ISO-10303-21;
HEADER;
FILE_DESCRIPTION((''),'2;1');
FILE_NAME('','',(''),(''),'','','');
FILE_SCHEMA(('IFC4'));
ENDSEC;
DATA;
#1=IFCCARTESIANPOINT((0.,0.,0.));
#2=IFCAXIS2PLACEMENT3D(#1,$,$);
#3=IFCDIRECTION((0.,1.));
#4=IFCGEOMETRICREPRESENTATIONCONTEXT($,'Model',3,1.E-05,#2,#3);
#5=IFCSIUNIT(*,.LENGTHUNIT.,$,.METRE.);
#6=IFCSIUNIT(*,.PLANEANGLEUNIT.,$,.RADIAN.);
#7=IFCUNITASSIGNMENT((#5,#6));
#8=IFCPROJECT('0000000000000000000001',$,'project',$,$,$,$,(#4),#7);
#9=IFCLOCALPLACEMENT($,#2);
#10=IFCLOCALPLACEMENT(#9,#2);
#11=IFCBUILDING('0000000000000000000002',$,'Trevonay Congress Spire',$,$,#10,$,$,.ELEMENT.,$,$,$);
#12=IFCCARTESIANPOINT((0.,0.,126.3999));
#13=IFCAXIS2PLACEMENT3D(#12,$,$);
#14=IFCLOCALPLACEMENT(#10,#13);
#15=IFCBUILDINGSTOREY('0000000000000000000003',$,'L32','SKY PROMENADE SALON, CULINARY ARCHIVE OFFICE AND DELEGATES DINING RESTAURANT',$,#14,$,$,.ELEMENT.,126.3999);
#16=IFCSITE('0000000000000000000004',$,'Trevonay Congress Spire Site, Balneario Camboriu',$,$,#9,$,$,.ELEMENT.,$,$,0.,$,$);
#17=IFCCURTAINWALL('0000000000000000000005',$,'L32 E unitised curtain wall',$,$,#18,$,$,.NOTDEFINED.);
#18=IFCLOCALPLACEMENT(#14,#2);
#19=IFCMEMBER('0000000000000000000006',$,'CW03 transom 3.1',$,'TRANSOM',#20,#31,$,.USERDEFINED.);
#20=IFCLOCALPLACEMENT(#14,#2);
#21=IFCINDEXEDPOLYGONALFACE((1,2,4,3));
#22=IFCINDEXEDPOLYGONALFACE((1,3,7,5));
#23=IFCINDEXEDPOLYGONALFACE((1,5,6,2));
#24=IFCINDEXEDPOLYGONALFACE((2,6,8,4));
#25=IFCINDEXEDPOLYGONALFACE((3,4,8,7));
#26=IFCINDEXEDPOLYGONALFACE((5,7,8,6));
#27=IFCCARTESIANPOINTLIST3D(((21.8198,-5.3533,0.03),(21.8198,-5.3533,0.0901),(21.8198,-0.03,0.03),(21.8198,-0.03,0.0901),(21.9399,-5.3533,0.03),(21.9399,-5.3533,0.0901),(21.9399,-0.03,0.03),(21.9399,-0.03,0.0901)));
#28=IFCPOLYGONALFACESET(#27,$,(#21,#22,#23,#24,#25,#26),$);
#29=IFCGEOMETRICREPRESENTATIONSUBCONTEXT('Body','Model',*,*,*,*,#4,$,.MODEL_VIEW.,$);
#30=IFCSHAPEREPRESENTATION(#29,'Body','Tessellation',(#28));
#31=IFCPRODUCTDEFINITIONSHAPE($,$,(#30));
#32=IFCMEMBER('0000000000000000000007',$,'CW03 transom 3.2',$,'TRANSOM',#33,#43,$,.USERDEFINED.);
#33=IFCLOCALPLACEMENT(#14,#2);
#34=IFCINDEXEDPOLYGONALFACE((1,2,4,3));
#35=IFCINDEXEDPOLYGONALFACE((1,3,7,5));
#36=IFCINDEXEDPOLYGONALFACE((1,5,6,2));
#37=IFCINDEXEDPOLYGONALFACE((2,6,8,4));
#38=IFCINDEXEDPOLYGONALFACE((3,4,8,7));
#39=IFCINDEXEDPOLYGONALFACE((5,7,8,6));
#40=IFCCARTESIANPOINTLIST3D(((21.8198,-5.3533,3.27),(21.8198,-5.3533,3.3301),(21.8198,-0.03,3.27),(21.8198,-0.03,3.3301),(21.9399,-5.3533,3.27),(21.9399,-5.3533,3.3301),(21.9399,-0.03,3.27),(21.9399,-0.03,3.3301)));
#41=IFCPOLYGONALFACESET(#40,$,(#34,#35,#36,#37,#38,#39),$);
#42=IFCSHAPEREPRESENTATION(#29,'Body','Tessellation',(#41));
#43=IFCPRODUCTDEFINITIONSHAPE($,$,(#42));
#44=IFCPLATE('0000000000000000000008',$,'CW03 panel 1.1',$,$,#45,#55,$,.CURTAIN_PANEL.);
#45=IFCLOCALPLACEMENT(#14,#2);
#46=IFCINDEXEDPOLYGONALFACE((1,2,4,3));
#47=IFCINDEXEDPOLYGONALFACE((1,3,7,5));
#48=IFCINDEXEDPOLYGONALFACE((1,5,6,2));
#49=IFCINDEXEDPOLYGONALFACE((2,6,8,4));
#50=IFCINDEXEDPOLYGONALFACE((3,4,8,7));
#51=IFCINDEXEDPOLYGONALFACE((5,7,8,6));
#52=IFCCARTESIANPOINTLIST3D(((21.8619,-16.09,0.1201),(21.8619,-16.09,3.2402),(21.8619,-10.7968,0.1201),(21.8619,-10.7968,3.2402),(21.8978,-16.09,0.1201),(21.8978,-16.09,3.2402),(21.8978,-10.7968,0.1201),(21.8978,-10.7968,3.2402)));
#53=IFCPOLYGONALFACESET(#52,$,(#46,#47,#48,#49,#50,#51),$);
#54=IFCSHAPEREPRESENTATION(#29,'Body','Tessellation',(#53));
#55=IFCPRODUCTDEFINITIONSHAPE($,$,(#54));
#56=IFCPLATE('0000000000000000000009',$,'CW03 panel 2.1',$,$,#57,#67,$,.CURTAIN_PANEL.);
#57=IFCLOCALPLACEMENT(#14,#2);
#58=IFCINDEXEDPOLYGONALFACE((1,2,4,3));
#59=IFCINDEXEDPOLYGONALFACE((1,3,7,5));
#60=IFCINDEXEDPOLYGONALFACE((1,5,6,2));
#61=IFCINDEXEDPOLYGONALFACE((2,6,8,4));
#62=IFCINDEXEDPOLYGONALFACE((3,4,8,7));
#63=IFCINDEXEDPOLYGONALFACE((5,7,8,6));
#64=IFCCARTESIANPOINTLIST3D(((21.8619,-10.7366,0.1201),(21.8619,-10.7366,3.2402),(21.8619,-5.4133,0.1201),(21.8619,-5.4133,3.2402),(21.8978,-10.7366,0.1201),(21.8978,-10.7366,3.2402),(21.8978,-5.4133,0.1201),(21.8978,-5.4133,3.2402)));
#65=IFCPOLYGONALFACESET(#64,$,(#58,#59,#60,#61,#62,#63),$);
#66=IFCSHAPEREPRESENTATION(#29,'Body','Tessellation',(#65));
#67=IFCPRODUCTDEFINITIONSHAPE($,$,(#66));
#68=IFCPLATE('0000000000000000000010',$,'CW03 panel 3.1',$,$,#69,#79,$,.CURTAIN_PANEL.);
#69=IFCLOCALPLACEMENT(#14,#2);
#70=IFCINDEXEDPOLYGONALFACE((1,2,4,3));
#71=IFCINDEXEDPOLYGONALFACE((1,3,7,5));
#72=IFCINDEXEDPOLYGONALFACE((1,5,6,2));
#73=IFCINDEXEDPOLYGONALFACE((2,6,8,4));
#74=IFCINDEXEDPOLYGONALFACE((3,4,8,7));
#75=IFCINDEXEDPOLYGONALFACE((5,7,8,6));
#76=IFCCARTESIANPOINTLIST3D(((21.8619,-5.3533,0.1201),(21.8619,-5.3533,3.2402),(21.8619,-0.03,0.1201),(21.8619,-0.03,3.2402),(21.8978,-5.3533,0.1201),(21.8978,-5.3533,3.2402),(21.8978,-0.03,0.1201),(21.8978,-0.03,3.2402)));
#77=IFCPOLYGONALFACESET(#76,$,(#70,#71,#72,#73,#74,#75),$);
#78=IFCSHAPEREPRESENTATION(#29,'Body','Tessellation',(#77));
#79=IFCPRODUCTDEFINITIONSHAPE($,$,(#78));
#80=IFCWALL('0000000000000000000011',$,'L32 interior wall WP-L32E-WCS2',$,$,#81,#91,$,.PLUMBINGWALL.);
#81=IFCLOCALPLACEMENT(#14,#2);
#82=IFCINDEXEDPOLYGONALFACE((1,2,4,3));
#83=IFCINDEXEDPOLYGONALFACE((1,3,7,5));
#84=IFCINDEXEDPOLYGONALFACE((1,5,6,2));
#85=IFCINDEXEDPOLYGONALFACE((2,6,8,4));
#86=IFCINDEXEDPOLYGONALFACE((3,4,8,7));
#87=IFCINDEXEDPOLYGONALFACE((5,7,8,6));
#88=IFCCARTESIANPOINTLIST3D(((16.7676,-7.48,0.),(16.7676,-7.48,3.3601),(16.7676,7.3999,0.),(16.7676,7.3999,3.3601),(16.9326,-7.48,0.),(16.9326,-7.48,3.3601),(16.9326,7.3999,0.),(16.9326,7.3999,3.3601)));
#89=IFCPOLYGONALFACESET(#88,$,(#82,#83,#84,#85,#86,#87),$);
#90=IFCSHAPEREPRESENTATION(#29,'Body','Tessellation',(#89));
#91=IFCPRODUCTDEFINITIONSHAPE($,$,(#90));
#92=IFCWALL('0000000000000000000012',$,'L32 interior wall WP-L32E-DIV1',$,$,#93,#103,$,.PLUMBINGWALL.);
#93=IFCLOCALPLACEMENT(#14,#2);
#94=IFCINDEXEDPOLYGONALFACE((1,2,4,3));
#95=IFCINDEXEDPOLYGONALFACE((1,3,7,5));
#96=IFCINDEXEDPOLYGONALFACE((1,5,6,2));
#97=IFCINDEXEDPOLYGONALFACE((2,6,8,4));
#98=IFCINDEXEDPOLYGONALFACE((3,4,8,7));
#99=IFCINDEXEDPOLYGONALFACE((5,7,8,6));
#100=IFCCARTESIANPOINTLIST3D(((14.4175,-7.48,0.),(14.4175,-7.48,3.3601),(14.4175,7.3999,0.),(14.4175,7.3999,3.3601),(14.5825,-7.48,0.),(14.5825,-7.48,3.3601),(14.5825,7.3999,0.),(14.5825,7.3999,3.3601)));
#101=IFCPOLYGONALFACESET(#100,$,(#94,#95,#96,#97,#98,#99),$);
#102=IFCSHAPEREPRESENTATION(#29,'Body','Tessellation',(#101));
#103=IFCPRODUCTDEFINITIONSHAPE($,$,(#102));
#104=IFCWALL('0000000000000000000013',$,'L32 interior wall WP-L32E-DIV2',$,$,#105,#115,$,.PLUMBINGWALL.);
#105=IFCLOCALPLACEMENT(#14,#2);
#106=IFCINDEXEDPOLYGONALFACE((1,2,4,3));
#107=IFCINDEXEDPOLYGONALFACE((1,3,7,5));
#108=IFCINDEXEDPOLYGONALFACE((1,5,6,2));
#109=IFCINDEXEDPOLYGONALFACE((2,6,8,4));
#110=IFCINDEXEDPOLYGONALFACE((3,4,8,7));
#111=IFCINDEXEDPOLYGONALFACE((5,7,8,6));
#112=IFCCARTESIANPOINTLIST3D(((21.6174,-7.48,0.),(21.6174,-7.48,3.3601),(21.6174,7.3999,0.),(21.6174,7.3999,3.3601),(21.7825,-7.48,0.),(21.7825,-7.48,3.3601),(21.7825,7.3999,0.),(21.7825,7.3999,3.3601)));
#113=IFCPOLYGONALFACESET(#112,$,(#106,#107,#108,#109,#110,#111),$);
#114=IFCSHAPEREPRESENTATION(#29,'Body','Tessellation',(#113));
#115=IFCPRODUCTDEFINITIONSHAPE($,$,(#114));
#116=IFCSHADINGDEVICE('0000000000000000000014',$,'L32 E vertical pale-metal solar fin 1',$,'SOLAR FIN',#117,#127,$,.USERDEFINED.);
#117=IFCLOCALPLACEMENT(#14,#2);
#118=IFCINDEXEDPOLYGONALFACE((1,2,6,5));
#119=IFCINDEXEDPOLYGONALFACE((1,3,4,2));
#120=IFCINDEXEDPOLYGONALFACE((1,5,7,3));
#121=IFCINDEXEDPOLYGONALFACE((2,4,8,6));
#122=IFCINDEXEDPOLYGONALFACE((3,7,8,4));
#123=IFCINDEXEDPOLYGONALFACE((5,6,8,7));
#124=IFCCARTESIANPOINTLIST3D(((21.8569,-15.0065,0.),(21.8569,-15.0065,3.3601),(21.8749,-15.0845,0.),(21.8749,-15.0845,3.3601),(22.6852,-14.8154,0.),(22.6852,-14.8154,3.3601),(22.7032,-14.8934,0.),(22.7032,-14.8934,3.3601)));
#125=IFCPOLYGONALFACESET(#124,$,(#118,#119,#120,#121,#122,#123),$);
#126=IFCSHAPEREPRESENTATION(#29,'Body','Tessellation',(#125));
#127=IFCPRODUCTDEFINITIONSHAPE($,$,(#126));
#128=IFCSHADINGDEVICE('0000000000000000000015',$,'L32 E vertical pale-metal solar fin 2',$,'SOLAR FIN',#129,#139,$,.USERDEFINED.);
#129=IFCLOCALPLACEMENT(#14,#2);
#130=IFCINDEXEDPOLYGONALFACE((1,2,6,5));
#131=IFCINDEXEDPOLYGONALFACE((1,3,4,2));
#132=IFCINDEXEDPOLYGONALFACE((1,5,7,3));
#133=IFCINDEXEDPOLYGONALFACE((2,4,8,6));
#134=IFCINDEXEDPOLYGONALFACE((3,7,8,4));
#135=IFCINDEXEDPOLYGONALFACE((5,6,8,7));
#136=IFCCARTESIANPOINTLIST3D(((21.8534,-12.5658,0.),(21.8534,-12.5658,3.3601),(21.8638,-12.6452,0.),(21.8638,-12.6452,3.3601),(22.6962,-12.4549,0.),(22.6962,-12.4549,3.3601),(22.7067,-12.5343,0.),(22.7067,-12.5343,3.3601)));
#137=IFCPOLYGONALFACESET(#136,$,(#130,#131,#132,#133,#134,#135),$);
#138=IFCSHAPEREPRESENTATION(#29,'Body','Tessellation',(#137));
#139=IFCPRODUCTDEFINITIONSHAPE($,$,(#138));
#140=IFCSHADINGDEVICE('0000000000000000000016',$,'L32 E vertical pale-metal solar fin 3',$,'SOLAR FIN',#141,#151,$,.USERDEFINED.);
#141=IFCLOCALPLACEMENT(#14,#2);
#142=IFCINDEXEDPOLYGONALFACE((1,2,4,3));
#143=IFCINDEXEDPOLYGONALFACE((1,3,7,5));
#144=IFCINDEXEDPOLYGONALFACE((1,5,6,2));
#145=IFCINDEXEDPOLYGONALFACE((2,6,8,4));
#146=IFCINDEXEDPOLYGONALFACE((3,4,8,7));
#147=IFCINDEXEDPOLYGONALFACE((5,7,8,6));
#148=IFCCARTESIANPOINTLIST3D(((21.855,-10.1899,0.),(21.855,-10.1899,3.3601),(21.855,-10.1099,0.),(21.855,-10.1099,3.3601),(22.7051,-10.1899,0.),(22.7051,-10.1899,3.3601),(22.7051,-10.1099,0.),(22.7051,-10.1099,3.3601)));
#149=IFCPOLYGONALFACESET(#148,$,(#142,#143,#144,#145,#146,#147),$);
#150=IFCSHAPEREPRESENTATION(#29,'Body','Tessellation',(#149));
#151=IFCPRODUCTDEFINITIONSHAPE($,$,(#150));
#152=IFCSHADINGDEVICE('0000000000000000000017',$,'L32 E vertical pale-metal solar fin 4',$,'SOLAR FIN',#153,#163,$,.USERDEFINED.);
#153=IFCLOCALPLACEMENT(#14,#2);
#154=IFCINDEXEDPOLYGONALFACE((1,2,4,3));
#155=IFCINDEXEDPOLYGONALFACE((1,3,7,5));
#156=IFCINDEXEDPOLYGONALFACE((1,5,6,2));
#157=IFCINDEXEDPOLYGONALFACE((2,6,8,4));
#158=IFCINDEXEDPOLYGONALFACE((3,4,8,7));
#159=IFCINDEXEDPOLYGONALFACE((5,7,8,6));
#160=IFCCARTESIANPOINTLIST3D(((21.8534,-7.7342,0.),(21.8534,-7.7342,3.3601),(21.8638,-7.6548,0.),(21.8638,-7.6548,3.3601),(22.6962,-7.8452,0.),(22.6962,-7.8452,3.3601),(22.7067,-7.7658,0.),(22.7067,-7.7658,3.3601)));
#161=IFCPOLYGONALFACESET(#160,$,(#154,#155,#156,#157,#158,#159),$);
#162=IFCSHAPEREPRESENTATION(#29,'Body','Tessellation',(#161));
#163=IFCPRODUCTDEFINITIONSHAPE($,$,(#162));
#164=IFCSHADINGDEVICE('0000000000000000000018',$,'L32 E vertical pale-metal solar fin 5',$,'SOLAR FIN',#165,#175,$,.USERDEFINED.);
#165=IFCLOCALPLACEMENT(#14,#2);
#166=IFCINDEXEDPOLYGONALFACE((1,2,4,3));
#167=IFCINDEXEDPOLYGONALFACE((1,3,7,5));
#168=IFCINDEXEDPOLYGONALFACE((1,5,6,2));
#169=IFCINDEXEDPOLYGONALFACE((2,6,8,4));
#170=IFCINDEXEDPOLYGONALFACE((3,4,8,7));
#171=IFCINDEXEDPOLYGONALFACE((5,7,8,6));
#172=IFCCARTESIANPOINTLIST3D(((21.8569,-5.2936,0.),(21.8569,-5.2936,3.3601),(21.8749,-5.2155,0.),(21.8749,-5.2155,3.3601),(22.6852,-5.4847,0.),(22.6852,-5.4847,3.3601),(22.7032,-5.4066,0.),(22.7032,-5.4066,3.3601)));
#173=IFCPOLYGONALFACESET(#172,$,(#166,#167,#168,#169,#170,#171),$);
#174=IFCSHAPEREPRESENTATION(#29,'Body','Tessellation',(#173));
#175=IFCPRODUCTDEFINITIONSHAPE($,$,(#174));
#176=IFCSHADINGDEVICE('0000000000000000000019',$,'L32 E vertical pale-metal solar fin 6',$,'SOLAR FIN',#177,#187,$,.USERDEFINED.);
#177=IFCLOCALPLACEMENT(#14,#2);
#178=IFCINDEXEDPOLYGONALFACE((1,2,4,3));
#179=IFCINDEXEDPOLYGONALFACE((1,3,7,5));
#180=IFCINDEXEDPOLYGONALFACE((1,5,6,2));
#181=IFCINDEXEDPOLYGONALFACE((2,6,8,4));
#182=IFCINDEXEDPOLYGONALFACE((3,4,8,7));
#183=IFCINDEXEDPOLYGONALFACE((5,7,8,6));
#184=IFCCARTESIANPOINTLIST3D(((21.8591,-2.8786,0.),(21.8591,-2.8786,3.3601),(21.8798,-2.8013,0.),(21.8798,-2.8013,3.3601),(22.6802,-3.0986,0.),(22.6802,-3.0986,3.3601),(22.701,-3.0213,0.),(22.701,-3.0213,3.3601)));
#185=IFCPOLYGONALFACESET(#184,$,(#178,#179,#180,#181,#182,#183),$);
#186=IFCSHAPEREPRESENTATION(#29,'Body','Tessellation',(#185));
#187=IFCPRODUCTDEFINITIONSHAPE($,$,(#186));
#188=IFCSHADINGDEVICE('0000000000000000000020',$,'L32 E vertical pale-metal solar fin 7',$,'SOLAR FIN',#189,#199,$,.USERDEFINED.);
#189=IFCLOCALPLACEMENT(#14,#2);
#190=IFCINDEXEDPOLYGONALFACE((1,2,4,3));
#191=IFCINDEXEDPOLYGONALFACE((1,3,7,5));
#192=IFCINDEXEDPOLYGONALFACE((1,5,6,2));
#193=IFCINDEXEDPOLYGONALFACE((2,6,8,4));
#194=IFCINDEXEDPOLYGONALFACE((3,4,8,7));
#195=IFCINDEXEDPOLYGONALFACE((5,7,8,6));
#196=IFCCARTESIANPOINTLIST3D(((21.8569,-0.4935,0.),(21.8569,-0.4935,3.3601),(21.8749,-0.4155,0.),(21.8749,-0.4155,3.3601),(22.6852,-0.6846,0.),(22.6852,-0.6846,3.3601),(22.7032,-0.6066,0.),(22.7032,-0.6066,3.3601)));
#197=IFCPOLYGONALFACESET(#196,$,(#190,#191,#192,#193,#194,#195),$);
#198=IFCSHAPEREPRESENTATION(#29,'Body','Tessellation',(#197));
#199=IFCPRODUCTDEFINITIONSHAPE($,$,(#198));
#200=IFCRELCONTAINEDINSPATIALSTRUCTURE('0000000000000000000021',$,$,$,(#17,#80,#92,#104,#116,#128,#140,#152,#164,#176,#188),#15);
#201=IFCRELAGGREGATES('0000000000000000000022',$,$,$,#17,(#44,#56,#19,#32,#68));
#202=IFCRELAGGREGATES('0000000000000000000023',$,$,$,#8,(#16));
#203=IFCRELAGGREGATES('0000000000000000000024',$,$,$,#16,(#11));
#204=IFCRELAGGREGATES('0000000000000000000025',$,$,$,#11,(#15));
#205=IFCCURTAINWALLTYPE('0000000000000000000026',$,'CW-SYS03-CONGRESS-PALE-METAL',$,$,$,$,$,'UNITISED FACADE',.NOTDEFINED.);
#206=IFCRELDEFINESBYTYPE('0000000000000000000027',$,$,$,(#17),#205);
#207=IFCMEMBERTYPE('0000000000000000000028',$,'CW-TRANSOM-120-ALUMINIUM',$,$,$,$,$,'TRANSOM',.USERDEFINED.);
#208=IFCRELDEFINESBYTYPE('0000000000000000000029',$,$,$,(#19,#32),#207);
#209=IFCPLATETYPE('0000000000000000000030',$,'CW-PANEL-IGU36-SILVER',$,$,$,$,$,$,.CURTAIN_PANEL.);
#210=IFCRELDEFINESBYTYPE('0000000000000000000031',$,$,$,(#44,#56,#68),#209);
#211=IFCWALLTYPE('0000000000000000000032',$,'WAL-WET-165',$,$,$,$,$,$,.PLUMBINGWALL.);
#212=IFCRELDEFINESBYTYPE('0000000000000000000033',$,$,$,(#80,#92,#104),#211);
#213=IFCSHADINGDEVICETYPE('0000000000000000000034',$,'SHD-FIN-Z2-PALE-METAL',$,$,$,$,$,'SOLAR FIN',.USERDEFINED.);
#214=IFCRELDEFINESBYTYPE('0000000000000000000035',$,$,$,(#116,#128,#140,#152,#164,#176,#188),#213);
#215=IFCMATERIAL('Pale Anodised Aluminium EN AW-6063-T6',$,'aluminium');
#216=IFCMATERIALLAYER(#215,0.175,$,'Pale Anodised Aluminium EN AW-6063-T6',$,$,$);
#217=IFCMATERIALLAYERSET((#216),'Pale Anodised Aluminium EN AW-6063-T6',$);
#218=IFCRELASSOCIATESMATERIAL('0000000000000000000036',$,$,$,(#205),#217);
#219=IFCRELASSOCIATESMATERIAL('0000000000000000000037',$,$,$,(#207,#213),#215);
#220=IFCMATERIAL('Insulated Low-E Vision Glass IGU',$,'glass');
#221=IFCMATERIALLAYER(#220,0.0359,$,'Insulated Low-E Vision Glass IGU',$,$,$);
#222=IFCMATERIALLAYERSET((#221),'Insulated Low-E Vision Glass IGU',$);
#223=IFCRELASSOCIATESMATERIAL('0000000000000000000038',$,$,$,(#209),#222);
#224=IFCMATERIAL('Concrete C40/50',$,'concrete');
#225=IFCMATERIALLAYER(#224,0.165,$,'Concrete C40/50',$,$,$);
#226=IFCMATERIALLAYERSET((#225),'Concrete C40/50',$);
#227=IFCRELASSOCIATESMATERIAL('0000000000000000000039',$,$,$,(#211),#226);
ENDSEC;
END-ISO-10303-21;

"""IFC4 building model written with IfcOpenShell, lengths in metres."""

from ifc_helpers import new_model, si_unit, direction, frame, frame_2d, origin, origin_2d, place, context, subcontext, project, spatial, rectangle, extrude, material, layer, layer_set, material_profile, profile_set, type_object, element, aggregate, save


model = new_model("IFC4")

# Units and contexts
model_context = context("Model", 3, precision=1e-05, world=origin(), true_north=direction((0.0, 1.0)))
body_context = subcontext(model_context, "Body", "Model", "MODEL_VIEW")
ifc_project = project(units=[si_unit("LENGTHUNIT", "METRE"), si_unit("PLANEANGLEUNIT", "RADIAN")], contexts=[model_context])

# Site, building, storey
site_placement = place(None, origin())
site = spatial("IfcSite", under=ifc_project, at=site_placement, Name="Trevonay Congress Spire Site, Balneario Camboriu", CompositionType="ELEMENT", RefElevation=0.0)
building_placement = place(site_placement, origin())
building = spatial("IfcBuilding", under=site, at=building_placement, Name="Trevonay Congress Spire", CompositionType="ELEMENT")
storey_placement = place(building_placement, frame((0.0, 0.0, 126.3999)))
storey = spatial("IfcBuildingStorey", under=building, at=storey_placement, Name="L32", Description="SKY PROMENADE SALON, CULINARY ARCHIVE OFFICE AND DELEGATES DINING RESTAURANT", CompositionType="ELEMENT", Elevation=126.3999)

# Curtain wall, members, plates
ifc_material_1 = material(Name="Pale Anodised Aluminium EN AW-6063-T6", Category="aluminium")
ifc_layer_1 = layer(ifc_material_1, 0.175, Name="Pale Anodised Aluminium EN AW-6063-T6")
ifc_layer_set_1 = layer_set([ifc_layer_1], Name="Pale Anodised Aluminium EN AW-6063-T6")
curtain_wall_type = type_object("IfcCurtainWallType", Name="CW-SYS03-CONGRESS-PALE-METAL", ElementType="UNITISED FACADE", PredefinedType="NOTDEFINED", material=ifc_layer_set_1)
curtain_wall_placement = place(storey_placement, origin())
curtain_wall = element("IfcCurtainWall", 1, at=curtain_wall_placement, inside=storey, type_object=curtain_wall_type, Name="L32 E unitised curtain wall", PredefinedType="NOTDEFINED")
ifc_material_profile_1 = material_profile(ifc_material_1, rectangle(XDim=0.1201, YDim=0.0601, at=origin_2d()), Name="CW-TRANSOM-120-ALUMINIUM")
ifc_profile_set_1 = profile_set([ifc_material_profile_1], Name="Pale Anodised Aluminium EN AW-6063-T6")
member_type_1 = type_object("IfcMemberType", Name="CW-TRANSOM-120-ALUMINIUM", ElementType="TRANSOM", PredefinedType="USERDEFINED", material=ifc_profile_set_1)
member_1_placement = place(storey_placement, frame((21.8799, -5.3533, 0.0601), z_axis=(0.0, 1.0, 0.0), x_axis=(-1.0, 0.0, 0.0)))
member_1 = element("IfcMember", 2, at=member_1_placement, type_object=member_type_1, Name="CW03 transom 3.1", ObjectType="TRANSOM", PredefinedType="USERDEFINED", context=body_context, shape_type="SweptSolid", body=[
    extrude(rectangle(XDim=0.1201, YDim=0.0601, at=origin_2d()), origin(), (0.0, 0.0, 1.0), 5.3232),
])
member_2_placement = place(storey_placement, frame((21.8799, -5.3533, 3.3), z_axis=(0.0, 1.0, 0.0), x_axis=(-1.0, 0.0, 0.0)))
member_2 = element("IfcMember", 3, at=member_2_placement, type_object=member_type_1, Name="CW03 transom 3.2", ObjectType="TRANSOM", PredefinedType="USERDEFINED", context=body_context, shape_type="SweptSolid", body=[
    extrude(rectangle(XDim=0.1201, YDim=0.0601, at=origin_2d()), origin(), (0.0, 0.0, 1.0), 5.3232),
])
ifc_material_2 = material(Name="Insulated Low-E Vision Glass IGU", Category="glass")
ifc_layer_2 = layer(ifc_material_2, 0.0359, Name="Insulated Low-E Vision Glass IGU")
ifc_layer_set_2 = layer_set([ifc_layer_2], Name="Insulated Low-E Vision Glass IGU")
plate_type = type_object("IfcPlateType", Name="CW-PANEL-IGU36-SILVER", PredefinedType="CURTAIN_PANEL", material=ifc_layer_set_2)
plate_1_placement = place(storey_placement, frame((21.8799, -13.4434, 0.1201), z_axis=(0.0, 0.0, 1.0), x_axis=(0.0, 1.0, 0.0)))
plate_1 = element("IfcPlate", 4, at=plate_1_placement, type_object=plate_type, Name="CW03 panel 1.1", PredefinedType="CURTAIN_PANEL", context=body_context, shape_type="SweptSolid", body=[
    extrude(rectangle(XDim=5.2932, YDim=0.0359, at=origin_2d()), origin(), (0.0, 0.0, 1.0), 3.1201),
])
plate_2_placement = place(storey_placement, frame((21.8799, -8.075, 0.1201), z_axis=(0.0, 0.0, 1.0), x_axis=(0.0, 1.0, 0.0)))
plate_2 = element("IfcPlate", 5, at=plate_2_placement, type_object=plate_type, Name="CW03 panel 2.1", PredefinedType="CURTAIN_PANEL", context=body_context, shape_type="SweptSolid", body=[
    extrude(rectangle(XDim=5.3232, YDim=0.0359, at=origin_2d()), origin(), (0.0, 0.0, 1.0), 3.1201),
])
plate_3_placement = place(storey_placement, frame((21.8799, -2.6917, 0.1201), z_axis=(0.0, 0.0, 1.0), x_axis=(0.0, 1.0, 0.0)))
plate_3 = element("IfcPlate", 6, at=plate_3_placement, type_object=plate_type, Name="CW03 panel 3.1", PredefinedType="CURTAIN_PANEL", context=body_context, shape_type="SweptSolid", body=[
    extrude(rectangle(XDim=5.3232, YDim=0.0359, at=origin_2d()), origin(), (0.0, 0.0, 1.0), 3.1201),
])
aggregate(curtain_wall, [plate_1, plate_2, member_1, member_2, plate_3])

# Walls
ifc_material_3 = material(Name="Concrete C40/50", Category="concrete")
ifc_layer_3 = layer(ifc_material_3, 0.165, Name="Concrete C40/50")
ifc_layer_set_3 = layer_set([ifc_layer_3], Name="Concrete C40/50")
wall_type = type_object("IfcWallType", Name="WAL-WET-165", PredefinedType="PLUMBINGWALL", material=ifc_layer_set_3)
for number, where, z_axis, x_axis, name in (
    (7, (16.8501, -7.48, 0.0), (0.0, 0.0, 1.0), (0.0, 1.0, 0.0), "L32 interior wall WP-L32E-WCS2"),
    (8, (14.5, -7.48, 0.0), (0.0, 0.0, 1.0), (0.0, 1.0, 0.0), "L32 interior wall WP-L32E-DIV1"),
    (9, (21.7, -7.48, 0.0), (0.0, 0.0, 1.0), (0.0, 1.0, 0.0), "L32 interior wall WP-L32E-DIV2"),
):
    element("IfcWall", number, at=place(storey_placement, frame(where, z_axis=z_axis, x_axis=x_axis)), inside=storey, type_object=wall_type, Name=name, PredefinedType="PLUMBINGWALL", context=body_context, shape_type="SweptSolid", body=[
        extrude(rectangle(XDim=14.8799, YDim=0.165, at=frame_2d((7.4399, 0.0))), origin(), (0.0, 0.0, 1.0), 3.3601),
    ])

# Shading devices
shading_device_type = type_object("IfcShadingDeviceType", Name="SHD-FIN-Z2-PALE-METAL", ElementType="SOLAR FIN", PredefinedType="USERDEFINED", material=ifc_material_1)
for number, where, z_axis, x_axis, name in (
    (10, (22.28, -14.95, 0.0), (0.0, 0.0, 1.0), (-0.224781, 0.974409, 0.0), "L32 E vertical pale-metal solar fin 1"),
    (11, (22.28, -12.55, 0.0), (0.0, 0.0, 1.0), (-0.130526, 0.991445, 0.0), "L32 E vertical pale-metal solar fin 2"),
    (12, (22.28, -10.1499, 0.0), (0.0, 0.0, 1.0), (0.0, 1.0, 0.0), "L32 E vertical pale-metal solar fin 3"),
    (13, (22.28, -7.75, 0.0), (0.0, 0.0, 1.0), (0.130526, 0.991445, 0.0), "L32 E vertical pale-metal solar fin 4"),
    (14, (22.28, -5.3501, 0.0), (0.0, 0.0, 1.0), (0.224781, 0.974409, 0.0), "L32 E vertical pale-metal solar fin 5"),
    (15, (22.28, -2.95, 0.0), (0.0, 0.0, 1.0), (0.258819, 0.965926, 0.0), "L32 E vertical pale-metal solar fin 6"),
    (16, (22.28, -0.55, 0.0), (0.0, 0.0, 1.0), (0.224781, 0.974409, 0.0), "L32 E vertical pale-metal solar fin 7"),
):
    element("IfcShadingDevice", number, at=place(storey_placement, frame(where, z_axis=z_axis, x_axis=x_axis)), inside=storey, type_object=shading_device_type, Name=name, ObjectType="SOLAR FIN", PredefinedType="USERDEFINED", context=body_context, shape_type="SweptSolid", body=[
        extrude(rectangle(XDim=0.0801, YDim=0.8501, at=origin_2d()), origin(), (0.0, 0.0, 1.0), 3.3601),
    ])

save(model, "model.ifc")
